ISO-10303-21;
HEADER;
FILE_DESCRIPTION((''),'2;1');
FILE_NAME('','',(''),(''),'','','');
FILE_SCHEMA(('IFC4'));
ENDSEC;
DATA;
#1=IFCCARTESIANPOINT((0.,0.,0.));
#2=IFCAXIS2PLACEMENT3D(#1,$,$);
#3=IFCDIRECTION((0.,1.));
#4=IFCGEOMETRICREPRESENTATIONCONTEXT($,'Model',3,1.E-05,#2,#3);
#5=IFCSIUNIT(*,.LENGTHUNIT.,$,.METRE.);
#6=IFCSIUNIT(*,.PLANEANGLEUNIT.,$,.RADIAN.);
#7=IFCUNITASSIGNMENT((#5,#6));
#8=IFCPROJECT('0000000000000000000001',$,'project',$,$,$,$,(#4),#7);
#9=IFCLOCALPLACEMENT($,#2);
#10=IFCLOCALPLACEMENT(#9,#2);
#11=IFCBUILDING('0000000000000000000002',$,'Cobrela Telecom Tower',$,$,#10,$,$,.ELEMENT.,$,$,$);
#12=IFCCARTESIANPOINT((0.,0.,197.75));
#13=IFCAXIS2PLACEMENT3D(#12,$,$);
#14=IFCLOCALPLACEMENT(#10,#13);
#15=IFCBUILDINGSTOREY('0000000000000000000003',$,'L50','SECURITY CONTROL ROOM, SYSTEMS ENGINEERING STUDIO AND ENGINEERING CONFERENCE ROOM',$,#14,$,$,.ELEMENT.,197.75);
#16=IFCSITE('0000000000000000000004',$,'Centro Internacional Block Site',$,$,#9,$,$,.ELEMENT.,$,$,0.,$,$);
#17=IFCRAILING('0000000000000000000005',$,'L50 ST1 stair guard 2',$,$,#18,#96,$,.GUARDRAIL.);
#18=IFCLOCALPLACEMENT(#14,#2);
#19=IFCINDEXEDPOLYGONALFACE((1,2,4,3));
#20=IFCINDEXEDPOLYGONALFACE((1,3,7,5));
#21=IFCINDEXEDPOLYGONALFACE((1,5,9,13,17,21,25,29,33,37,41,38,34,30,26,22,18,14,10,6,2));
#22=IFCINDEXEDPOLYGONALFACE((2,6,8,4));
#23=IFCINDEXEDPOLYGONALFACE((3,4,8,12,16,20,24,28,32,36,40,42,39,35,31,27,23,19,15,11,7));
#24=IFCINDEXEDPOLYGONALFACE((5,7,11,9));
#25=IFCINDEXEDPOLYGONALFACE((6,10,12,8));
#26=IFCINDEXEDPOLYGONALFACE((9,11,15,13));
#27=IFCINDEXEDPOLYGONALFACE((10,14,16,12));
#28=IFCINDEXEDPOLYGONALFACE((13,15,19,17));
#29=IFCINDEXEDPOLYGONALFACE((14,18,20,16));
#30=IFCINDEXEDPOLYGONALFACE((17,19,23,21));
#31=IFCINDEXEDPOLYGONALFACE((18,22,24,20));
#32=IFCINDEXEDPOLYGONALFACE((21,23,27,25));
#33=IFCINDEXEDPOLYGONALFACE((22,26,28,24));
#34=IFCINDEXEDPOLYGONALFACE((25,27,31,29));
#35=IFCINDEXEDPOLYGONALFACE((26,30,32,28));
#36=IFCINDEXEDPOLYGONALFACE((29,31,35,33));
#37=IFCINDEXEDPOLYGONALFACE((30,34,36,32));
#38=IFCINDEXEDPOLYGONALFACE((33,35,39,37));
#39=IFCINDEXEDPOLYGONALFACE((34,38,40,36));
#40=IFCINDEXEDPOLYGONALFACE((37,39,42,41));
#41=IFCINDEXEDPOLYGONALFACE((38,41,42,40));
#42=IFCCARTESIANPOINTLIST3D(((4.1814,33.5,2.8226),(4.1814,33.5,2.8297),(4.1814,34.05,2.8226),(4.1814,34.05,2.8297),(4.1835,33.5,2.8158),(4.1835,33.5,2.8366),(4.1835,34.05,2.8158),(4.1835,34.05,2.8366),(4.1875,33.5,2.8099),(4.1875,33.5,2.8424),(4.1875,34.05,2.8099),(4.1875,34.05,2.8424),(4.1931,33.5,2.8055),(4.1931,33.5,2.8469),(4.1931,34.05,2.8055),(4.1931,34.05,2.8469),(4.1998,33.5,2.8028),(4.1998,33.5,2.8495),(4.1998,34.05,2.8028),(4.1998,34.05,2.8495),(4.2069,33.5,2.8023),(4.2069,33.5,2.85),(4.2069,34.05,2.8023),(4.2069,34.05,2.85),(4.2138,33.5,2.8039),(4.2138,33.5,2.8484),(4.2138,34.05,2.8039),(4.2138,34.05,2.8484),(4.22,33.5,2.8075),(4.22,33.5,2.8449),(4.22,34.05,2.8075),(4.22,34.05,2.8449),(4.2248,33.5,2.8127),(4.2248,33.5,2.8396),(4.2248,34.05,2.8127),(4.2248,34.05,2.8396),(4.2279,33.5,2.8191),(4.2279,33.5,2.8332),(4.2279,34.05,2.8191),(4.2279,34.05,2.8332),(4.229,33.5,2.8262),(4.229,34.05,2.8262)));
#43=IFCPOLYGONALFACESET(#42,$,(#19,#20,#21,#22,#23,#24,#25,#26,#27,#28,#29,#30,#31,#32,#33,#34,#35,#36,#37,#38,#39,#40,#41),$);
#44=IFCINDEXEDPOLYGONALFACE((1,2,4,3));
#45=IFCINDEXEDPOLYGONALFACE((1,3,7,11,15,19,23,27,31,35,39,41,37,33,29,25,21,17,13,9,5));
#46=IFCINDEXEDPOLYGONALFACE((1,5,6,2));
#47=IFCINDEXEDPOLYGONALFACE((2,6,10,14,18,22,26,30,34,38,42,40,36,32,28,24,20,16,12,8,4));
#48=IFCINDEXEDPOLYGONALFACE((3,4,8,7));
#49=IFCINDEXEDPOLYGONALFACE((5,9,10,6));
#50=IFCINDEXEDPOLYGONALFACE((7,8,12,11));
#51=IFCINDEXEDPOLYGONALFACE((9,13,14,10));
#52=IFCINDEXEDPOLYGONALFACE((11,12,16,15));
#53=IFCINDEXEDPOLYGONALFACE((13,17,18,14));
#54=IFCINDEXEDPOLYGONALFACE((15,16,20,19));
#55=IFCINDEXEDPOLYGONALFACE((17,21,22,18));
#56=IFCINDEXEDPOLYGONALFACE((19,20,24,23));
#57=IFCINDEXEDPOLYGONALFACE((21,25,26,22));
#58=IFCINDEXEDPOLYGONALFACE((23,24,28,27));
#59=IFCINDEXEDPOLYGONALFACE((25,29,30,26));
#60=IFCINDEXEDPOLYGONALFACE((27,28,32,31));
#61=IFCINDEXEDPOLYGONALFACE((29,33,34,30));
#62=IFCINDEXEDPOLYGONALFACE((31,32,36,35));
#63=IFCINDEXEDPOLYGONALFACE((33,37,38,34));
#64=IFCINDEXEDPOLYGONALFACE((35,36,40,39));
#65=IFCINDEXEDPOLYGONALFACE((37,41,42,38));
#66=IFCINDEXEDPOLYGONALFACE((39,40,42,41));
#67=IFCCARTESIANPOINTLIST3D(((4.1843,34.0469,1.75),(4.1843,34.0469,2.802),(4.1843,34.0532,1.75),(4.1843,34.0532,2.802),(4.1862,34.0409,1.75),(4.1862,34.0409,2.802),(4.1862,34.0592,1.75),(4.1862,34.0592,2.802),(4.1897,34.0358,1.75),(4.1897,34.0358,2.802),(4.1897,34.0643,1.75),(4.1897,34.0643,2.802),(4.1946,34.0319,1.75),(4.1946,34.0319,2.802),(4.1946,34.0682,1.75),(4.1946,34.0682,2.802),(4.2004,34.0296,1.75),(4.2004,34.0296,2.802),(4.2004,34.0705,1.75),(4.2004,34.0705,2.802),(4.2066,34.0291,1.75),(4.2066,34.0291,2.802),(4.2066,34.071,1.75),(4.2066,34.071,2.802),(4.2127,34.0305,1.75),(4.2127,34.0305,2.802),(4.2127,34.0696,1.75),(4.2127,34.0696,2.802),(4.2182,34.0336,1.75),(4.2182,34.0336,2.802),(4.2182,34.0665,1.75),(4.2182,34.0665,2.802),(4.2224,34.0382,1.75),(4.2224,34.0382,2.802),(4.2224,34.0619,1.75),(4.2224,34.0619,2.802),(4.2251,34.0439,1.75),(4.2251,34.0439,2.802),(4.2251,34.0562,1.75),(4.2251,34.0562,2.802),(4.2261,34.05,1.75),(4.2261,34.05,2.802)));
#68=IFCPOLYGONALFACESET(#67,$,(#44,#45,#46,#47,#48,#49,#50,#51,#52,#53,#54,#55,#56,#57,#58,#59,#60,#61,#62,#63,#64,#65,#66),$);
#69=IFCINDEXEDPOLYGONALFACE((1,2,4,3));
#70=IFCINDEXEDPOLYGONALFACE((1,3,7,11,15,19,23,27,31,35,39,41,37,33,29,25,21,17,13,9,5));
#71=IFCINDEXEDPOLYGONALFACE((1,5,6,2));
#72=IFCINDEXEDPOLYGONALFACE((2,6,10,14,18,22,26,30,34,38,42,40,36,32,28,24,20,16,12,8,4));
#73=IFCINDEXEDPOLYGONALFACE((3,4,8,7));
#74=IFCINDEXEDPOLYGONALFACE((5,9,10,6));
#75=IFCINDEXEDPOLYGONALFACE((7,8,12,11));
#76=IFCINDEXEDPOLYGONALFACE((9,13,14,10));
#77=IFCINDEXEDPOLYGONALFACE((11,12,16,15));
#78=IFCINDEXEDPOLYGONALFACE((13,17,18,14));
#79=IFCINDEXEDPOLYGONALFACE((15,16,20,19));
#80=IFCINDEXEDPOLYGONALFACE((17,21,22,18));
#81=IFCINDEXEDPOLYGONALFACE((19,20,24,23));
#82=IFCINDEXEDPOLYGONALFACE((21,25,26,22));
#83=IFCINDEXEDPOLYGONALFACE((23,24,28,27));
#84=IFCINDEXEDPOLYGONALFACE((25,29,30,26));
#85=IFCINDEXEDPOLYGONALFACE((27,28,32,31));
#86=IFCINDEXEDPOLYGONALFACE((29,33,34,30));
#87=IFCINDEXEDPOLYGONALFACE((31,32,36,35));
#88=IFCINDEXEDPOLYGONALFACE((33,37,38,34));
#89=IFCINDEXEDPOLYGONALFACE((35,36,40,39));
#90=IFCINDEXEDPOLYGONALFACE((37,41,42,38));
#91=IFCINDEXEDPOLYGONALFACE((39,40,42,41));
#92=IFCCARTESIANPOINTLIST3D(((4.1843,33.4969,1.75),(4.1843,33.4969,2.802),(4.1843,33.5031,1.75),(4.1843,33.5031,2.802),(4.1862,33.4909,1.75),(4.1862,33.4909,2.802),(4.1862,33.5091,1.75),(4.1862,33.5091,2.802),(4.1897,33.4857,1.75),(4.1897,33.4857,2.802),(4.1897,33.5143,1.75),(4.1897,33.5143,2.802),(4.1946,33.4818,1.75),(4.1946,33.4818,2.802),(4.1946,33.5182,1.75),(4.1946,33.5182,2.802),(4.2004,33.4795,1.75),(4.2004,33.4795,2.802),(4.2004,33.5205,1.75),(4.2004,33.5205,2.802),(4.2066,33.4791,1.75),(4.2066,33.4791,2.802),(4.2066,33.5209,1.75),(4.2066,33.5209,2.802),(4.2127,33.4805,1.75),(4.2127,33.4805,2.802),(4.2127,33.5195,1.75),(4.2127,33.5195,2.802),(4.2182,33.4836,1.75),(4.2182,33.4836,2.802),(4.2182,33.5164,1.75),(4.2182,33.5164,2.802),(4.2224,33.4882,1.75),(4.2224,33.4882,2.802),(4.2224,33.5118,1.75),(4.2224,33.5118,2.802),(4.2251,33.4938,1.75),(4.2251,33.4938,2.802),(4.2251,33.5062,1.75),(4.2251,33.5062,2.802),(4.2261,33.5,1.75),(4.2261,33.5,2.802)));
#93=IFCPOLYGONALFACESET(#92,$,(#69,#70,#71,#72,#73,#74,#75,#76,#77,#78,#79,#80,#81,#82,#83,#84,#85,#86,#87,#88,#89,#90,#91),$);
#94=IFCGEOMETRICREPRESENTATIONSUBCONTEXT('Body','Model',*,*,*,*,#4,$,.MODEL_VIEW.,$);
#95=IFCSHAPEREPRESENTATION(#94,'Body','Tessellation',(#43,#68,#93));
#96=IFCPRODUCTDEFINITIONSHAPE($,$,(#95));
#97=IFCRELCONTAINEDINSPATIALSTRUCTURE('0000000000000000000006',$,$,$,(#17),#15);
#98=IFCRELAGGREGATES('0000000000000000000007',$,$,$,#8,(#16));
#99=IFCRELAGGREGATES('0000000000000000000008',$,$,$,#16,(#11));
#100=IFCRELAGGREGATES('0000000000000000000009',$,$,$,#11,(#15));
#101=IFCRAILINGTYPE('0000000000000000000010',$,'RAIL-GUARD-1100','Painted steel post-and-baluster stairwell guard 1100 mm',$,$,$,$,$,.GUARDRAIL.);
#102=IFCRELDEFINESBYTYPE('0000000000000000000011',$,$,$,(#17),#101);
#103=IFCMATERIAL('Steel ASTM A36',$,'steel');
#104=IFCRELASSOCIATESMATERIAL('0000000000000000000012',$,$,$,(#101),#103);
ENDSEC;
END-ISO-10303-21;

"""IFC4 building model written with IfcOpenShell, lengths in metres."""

from ifc_helpers import new_model, si_unit, direction, frame, origin, origin_2d, place, context, subcontext, project, spatial, circle, extrude, material, type_object, element, save


model = new_model("IFC4")

# Units and contexts
model_context = context("Model", 3, precision=1e-05, world=origin(), true_north=direction((0.0, 1.0)))
body_context = subcontext(model_context, "Body", "Model", "MODEL_VIEW")
ifc_project = project(units=[si_unit("LENGTHUNIT", "METRE"), si_unit("PLANEANGLEUNIT", "RADIAN")], contexts=[model_context])

# Site, building, storey
site_placement = place(None, origin())
site = spatial("IfcSite", under=ifc_project, at=site_placement, Name="Centro Internacional Block Site", CompositionType="ELEMENT", RefElevation=0.0)
building_placement = place(site_placement, origin())
building = spatial("IfcBuilding", under=site, at=building_placement, Name="Cobrela Telecom Tower", CompositionType="ELEMENT")
storey_placement = place(building_placement, frame((0.0, 0.0, 197.75)))
storey = spatial("IfcBuildingStorey", under=building, at=storey_placement, Name="L50", Description="SECURITY CONTROL ROOM, SYSTEMS ENGINEERING STUDIO AND ENGINEERING CONFERENCE ROOM", CompositionType="ELEMENT", Elevation=197.75)

# Shared definitions
ifc_material_1 = material(Name="Steel ASTM A36", Category="steel")

# Railing
railing_type_1 = type_object("IfcRailingType", Name="RAIL-GUARD-1100", Description="Painted steel post-and-baluster stairwell guard 1100 mm", PredefinedType="GUARDRAIL", material=ifc_material_1)
railing_1_placement = place(storey_placement, frame((4.2051, 34.05, 1.75)))
element("IfcRailing", 1, at=railing_1_placement, inside=storey, type_object=railing_type_1, Name="L50 ST1 stair guard 2", PredefinedType="GUARDRAIL", context=body_context, shape_type="SweptSolid", body=[
    extrude(circle(Radius=0.0239, at=origin_2d()), frame((0.0, 0.0, 1.0762), z_axis=(0.0, -1.0, 0.0), x_axis=(1.0, 0.0, 0.0)), (0.0, 0.0, 1.0), 0.55),
    extrude(circle(Radius=0.021, at=origin_2d()), origin(), (0.0, 0.0, 1.0), 1.052),
    extrude(circle(Radius=0.021, at=origin_2d()), frame((0.0, -0.55, 0.0)), (0.0, 0.0, 1.0), 1.052),
])

save(model, "model.ifc")
